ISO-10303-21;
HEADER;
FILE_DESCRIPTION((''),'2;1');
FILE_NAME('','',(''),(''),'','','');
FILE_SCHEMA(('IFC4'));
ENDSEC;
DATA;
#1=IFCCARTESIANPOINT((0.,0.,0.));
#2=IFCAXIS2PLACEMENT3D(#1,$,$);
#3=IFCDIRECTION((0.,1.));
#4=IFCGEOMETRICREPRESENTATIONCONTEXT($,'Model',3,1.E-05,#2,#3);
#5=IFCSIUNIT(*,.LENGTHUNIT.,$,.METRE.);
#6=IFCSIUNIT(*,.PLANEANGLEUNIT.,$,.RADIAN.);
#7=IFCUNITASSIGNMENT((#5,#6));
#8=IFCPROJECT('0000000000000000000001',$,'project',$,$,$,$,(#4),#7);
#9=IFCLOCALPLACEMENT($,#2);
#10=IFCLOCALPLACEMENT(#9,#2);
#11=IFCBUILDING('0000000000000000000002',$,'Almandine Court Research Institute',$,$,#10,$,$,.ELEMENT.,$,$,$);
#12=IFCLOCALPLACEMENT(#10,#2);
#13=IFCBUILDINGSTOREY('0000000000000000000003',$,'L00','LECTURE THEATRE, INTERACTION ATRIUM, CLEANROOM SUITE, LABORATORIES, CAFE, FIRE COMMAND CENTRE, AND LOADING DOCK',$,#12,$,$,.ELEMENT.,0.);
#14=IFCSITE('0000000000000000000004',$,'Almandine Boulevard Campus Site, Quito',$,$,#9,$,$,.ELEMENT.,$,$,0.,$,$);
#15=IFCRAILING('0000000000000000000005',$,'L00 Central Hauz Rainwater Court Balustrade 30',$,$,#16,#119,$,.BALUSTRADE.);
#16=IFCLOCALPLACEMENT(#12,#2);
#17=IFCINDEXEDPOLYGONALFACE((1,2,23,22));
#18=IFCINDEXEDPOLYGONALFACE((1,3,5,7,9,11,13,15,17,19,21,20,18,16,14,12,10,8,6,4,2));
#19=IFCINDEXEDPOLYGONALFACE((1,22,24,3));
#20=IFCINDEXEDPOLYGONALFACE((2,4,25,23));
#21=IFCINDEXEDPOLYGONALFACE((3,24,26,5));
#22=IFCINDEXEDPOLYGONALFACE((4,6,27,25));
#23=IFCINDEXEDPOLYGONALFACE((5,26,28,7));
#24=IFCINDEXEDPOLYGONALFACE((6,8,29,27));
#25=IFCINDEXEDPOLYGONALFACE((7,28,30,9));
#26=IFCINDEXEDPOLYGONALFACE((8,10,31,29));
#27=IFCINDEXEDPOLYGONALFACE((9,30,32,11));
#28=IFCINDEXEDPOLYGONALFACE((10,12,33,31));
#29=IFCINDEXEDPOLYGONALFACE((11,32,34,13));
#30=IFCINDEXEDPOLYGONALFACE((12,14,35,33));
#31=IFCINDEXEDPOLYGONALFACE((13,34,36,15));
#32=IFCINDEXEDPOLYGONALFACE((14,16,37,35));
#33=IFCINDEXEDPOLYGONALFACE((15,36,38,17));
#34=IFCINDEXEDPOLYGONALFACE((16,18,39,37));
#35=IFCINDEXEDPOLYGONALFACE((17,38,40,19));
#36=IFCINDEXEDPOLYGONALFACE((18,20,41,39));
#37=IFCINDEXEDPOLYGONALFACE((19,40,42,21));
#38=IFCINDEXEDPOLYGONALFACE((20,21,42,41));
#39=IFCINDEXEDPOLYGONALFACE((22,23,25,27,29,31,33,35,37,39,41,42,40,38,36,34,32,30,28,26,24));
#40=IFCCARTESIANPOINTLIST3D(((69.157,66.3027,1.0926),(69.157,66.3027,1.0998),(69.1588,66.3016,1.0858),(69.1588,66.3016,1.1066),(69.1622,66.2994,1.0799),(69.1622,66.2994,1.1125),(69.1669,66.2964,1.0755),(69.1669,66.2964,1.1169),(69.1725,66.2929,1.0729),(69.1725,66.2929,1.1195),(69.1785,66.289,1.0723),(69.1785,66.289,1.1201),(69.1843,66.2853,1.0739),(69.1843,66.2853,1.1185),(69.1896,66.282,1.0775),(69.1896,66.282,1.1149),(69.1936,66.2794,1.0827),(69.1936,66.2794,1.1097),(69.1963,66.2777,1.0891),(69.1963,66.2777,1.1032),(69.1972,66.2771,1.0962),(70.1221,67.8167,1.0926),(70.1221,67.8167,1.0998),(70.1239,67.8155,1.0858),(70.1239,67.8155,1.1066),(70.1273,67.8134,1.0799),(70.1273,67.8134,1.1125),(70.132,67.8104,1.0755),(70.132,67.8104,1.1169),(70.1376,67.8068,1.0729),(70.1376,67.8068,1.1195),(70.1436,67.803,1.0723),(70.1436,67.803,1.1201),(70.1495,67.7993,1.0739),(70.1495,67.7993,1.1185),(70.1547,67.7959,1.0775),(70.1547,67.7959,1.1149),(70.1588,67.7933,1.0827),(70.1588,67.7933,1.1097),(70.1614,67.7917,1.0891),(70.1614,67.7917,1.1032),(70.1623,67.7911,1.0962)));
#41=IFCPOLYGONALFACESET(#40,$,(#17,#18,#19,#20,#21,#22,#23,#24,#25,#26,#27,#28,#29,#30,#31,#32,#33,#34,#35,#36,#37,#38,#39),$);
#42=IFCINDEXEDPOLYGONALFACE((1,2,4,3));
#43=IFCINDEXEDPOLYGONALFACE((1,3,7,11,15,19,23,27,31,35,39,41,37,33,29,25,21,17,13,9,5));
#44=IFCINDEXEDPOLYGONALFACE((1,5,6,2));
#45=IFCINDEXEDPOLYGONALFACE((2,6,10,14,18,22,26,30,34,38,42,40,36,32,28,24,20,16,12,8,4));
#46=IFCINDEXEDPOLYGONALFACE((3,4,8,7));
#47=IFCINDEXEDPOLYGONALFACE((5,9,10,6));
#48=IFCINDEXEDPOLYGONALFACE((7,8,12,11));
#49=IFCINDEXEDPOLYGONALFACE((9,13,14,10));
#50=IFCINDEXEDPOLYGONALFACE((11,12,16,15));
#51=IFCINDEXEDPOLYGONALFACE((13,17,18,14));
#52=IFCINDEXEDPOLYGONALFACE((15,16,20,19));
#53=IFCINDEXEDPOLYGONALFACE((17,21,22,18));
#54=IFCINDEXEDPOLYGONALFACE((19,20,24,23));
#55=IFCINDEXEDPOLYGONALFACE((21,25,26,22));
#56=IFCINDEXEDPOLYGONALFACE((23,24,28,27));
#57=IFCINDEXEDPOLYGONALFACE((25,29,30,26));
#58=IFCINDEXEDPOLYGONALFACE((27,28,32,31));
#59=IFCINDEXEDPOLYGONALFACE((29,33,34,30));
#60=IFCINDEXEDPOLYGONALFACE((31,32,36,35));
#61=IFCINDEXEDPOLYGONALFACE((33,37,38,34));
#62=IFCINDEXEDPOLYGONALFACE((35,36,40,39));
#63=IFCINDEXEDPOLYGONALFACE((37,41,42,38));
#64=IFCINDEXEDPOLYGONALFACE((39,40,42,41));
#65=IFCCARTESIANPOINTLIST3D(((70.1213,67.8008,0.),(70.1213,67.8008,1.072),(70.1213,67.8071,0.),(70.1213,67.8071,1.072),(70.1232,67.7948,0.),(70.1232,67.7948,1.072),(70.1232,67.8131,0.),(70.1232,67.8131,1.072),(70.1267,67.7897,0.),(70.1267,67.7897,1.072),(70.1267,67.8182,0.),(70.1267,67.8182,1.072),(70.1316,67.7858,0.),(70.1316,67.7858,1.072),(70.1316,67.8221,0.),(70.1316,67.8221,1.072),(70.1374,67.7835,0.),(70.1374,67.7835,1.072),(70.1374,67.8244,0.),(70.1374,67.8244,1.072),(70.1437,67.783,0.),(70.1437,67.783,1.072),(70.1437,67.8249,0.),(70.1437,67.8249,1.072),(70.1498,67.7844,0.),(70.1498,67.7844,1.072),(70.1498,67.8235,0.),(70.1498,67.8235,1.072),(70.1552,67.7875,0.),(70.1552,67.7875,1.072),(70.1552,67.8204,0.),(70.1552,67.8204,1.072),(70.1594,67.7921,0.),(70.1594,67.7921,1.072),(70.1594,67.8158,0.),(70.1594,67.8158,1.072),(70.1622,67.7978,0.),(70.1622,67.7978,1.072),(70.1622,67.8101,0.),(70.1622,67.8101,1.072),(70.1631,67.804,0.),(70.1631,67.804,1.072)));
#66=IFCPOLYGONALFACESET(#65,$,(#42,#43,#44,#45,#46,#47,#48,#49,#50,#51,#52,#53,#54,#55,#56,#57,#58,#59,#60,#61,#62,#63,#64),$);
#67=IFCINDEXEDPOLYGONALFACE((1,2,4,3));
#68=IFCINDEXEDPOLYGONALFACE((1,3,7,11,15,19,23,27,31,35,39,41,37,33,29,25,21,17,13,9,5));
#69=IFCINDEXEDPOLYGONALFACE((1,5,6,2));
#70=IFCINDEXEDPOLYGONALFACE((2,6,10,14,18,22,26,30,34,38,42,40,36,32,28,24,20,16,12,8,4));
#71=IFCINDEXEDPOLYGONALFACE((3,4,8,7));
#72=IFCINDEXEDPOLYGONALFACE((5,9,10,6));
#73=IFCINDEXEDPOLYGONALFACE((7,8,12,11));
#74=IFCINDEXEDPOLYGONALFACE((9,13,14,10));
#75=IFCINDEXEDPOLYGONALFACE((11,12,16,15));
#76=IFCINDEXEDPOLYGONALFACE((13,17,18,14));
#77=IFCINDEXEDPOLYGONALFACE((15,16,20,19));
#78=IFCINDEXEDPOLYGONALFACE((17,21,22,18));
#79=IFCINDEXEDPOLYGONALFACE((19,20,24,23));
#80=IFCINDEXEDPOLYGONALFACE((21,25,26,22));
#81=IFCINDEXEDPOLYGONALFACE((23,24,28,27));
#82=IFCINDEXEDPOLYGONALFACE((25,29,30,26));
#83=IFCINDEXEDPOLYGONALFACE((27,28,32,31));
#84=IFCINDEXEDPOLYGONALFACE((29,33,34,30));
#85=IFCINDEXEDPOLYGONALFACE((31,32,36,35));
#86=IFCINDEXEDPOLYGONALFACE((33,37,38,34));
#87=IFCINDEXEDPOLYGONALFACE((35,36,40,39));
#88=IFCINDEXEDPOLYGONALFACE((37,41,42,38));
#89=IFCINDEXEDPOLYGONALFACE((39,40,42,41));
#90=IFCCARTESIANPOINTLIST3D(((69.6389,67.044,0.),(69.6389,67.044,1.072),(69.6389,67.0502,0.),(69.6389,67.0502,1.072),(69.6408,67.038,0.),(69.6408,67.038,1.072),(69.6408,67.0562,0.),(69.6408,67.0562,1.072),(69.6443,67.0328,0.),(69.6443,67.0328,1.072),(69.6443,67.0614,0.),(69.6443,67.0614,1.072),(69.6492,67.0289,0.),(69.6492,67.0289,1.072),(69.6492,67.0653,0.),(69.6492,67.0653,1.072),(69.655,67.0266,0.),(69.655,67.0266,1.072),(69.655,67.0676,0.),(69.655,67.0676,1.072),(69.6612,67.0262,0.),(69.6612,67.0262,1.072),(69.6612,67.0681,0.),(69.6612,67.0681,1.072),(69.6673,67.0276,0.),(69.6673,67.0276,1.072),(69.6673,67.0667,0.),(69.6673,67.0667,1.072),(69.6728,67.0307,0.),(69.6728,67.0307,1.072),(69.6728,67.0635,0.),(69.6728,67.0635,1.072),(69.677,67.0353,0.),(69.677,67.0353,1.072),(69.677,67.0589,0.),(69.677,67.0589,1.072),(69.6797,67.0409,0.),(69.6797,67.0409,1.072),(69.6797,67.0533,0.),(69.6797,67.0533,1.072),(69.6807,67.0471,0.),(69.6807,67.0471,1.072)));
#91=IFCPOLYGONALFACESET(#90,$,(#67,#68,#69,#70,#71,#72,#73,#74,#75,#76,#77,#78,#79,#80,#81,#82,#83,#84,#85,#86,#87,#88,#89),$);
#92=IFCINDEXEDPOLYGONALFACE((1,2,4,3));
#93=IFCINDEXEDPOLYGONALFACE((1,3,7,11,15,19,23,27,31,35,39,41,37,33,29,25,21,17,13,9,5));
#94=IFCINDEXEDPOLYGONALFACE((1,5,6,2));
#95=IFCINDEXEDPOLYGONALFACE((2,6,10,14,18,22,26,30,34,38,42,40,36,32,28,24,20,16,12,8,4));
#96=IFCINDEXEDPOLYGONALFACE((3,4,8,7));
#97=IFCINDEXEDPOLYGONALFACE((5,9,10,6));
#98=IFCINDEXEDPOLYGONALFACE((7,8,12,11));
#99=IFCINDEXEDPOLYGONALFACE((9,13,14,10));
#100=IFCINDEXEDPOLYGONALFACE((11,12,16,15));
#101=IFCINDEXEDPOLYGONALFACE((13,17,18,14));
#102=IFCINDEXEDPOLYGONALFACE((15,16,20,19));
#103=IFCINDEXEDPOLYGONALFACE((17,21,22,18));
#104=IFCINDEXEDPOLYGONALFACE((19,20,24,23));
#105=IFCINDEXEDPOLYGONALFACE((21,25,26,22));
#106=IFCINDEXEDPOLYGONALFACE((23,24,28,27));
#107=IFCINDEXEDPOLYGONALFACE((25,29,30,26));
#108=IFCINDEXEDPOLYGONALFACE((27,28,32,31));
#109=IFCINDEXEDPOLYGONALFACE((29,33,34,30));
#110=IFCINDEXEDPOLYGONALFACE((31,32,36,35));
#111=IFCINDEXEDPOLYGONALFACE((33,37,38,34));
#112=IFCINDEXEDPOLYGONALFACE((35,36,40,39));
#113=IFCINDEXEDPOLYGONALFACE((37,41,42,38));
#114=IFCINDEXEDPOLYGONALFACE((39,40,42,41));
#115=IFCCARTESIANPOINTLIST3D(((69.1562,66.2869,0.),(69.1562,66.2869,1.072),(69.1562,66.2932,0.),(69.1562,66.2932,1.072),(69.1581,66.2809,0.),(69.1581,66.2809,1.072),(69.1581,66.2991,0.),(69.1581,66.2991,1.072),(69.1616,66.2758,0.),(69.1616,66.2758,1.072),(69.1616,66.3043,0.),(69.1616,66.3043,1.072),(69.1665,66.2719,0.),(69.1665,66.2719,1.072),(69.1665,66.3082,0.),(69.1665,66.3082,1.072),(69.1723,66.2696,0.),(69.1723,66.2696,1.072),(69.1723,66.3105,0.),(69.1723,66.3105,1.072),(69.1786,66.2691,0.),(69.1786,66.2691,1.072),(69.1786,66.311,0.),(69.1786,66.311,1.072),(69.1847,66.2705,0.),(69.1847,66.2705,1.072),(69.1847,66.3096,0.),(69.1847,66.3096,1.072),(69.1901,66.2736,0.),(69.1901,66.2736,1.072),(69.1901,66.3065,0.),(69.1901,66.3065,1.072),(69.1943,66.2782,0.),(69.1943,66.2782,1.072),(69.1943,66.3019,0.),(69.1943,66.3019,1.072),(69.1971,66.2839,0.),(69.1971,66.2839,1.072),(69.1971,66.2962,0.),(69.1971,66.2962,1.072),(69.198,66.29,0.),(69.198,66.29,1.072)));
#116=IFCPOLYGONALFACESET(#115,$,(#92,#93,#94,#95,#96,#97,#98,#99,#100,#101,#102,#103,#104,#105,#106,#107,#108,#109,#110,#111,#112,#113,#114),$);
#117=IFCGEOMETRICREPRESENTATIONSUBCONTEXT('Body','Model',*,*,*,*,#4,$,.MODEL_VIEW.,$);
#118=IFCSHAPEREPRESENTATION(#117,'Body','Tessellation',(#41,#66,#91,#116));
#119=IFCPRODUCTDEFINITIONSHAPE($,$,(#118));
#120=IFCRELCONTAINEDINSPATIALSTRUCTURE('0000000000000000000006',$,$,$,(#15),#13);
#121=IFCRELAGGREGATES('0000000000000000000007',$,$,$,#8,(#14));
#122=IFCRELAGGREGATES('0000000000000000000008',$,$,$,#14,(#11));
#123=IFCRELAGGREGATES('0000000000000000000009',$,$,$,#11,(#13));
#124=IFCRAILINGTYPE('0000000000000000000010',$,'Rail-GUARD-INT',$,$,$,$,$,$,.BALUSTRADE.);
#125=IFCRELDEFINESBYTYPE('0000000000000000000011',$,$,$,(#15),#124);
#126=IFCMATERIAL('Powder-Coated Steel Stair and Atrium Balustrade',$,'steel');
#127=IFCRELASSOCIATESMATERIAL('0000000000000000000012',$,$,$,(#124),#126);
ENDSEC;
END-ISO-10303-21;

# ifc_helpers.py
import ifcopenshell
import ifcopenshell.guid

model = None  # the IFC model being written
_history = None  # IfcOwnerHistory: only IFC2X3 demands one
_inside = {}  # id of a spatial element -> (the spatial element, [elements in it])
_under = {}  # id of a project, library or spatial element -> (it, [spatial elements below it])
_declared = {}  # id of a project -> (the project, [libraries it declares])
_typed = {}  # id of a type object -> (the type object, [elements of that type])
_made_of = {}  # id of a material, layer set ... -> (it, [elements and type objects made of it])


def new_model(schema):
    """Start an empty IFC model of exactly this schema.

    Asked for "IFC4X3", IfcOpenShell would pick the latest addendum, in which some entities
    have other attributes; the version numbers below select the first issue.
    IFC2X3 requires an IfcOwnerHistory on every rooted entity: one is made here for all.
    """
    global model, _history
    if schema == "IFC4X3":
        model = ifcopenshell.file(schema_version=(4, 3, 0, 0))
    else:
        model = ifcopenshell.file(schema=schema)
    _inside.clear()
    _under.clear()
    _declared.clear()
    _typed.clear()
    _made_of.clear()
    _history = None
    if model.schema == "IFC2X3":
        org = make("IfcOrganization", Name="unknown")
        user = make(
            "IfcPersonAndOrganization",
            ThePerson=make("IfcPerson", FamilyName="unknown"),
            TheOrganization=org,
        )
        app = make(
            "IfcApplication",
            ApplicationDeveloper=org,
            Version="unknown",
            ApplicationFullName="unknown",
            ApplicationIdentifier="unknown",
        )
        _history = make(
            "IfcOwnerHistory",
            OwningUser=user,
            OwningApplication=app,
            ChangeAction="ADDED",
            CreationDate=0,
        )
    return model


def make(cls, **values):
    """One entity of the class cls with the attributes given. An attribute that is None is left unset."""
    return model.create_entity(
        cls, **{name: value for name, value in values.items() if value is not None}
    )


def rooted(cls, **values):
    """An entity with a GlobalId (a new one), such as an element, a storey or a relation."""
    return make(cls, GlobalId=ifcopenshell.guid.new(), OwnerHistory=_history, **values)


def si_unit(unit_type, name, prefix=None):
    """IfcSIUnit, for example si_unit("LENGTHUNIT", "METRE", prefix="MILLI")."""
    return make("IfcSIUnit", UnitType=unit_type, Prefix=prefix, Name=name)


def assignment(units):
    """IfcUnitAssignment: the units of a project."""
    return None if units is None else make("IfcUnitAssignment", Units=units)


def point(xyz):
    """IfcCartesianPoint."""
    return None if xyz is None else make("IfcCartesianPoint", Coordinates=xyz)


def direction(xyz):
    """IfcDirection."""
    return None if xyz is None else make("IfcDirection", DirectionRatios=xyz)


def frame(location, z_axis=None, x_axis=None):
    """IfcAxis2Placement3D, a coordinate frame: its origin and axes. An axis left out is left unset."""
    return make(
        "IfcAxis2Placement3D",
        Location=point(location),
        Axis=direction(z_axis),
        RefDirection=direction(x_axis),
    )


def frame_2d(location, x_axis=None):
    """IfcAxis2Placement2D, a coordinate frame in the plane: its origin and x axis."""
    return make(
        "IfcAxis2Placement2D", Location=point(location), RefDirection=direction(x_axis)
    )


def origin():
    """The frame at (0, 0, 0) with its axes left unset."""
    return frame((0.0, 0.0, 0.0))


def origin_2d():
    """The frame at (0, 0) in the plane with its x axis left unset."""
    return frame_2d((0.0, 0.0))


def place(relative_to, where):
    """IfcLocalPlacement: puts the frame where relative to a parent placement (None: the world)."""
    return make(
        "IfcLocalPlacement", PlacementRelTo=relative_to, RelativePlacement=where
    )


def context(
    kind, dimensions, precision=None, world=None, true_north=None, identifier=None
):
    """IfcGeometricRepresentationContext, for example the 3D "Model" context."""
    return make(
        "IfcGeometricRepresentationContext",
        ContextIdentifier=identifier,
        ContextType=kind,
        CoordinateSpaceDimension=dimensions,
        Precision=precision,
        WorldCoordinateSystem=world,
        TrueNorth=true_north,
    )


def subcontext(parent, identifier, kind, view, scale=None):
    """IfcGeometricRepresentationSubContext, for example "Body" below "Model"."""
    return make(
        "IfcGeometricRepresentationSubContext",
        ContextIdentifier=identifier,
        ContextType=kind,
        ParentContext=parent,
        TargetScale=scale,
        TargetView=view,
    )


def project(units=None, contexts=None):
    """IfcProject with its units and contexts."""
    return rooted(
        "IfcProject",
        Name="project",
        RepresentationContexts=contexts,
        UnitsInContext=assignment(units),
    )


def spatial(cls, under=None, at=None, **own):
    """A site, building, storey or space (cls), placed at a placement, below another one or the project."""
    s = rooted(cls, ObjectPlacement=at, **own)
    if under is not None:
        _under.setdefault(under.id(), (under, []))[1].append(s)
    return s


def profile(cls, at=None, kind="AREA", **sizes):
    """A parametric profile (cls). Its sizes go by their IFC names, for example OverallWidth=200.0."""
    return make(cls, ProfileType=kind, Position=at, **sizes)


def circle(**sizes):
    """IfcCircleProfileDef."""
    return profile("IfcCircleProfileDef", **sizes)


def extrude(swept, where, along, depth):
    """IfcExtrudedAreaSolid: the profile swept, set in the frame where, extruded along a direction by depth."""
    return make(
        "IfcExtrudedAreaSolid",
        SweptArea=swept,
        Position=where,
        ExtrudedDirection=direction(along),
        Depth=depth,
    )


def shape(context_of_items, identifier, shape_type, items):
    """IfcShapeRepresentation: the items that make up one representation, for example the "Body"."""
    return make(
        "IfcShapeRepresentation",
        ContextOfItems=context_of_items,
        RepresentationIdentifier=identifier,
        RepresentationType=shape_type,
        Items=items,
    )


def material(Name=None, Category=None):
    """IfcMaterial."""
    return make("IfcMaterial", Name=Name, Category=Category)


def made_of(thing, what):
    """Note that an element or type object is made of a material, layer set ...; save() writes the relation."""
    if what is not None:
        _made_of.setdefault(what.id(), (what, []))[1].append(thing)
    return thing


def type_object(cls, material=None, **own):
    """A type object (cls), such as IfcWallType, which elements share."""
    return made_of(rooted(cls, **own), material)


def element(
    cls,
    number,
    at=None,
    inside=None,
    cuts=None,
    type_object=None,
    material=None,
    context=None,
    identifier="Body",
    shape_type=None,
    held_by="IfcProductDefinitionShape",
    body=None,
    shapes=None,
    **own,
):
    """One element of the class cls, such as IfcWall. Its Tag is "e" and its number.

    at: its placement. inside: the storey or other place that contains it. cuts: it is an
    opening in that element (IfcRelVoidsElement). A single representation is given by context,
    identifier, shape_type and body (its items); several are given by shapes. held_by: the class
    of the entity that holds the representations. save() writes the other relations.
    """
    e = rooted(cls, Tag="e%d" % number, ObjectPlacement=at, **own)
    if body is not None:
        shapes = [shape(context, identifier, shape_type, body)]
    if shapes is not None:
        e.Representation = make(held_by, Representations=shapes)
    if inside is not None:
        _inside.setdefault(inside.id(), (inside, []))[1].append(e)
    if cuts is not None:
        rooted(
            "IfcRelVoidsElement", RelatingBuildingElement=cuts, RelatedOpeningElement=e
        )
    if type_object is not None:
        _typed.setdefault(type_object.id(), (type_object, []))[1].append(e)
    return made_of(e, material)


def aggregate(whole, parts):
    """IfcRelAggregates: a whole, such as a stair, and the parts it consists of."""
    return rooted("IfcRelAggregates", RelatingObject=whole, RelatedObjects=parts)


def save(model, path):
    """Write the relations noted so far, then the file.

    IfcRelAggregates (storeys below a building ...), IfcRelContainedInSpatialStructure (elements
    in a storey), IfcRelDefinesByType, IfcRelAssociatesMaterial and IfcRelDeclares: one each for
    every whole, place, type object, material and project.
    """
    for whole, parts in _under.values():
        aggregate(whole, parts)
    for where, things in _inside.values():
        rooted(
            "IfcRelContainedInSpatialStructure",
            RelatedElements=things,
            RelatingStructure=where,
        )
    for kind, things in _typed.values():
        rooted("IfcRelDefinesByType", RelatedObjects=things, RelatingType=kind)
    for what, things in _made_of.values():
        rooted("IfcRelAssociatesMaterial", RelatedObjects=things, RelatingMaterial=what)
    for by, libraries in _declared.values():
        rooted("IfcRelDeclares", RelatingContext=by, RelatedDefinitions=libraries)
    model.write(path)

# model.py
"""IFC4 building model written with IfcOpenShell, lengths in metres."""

from ifc_helpers import new_model, si_unit, direction, frame, origin, origin_2d, place, context, subcontext, project, spatial, circle, extrude, material, type_object, element, save


model = new_model("IFC4")

# Units and contexts
model_context = context("Model", 3, precision=1e-05, world=origin(), true_north=direction((0.0, 1.0)))
body_context = subcontext(model_context, "Body", "Model", "MODEL_VIEW")
ifc_project = project(units=[si_unit("LENGTHUNIT", "METRE"), si_unit("PLANEANGLEUNIT", "RADIAN")], contexts=[model_context])

# Site, building, storey
site_placement = place(None, origin())
site = spatial("IfcSite", under=ifc_project, at=site_placement, Name="Almandine Boulevard Campus Site, Quito", CompositionType="ELEMENT", RefElevation=0.0)
building_placement = place(site_placement, origin())
building = spatial("IfcBuilding", under=site, at=building_placement, Name="Almandine Court Research Institute", CompositionType="ELEMENT")
storey_placement = place(building_placement, origin())
storey = spatial("IfcBuildingStorey", under=building, at=storey_placement, Name="L00", Description="LECTURE THEATRE, INTERACTION ATRIUM, CLEANROOM SUITE, LABORATORIES, CAFE, FIRE COMMAND CENTRE, AND LOADING DOCK", CompositionType="ELEMENT", Elevation=0.0)

# Railing
ifc_material_1 = material(Name="Powder-Coated Steel Stair and Atrium Balustrade", Category="steel")
railing_type = type_object("IfcRailingType", Name="Rail-GUARD-INT", PredefinedType="BALUSTRADE", material=ifc_material_1)
railing_1_placement = place(storey_placement, frame((70.1421, 67.804, 0.0)))
element("IfcRailing", 1, at=railing_1_placement, inside=storey, type_object=railing_type, Name="L00 Central Hauz Rainwater Court Balustrade 30", PredefinedType="BALUSTRADE", context=body_context, shape_type="SweptSolid", body=[
    extrude(circle(Radius=0.0239, at=origin_2d()), frame((0.0, 0.0, 1.0962), z_axis=(-0.537544, -0.843236, 0.0), x_axis=(0.843236, -0.537544, 0.0)), (0.0, 0.0, 1.0), 1.7954),
    extrude(circle(Radius=0.021, at=origin_2d()), origin(), (0.0, 0.0, 1.0), 1.072),
    extrude(circle(Radius=0.021, at=origin_2d()), frame((-0.4824, -0.7568, 0.0)), (0.0, 0.0, 1.0), 1.072),
    extrude(circle(Radius=0.021, at=origin_2d()), frame((-0.9651, -1.5139, 0.0)), (0.0, 0.0, 1.0), 1.072),
])

save(model, "model.ifc")
